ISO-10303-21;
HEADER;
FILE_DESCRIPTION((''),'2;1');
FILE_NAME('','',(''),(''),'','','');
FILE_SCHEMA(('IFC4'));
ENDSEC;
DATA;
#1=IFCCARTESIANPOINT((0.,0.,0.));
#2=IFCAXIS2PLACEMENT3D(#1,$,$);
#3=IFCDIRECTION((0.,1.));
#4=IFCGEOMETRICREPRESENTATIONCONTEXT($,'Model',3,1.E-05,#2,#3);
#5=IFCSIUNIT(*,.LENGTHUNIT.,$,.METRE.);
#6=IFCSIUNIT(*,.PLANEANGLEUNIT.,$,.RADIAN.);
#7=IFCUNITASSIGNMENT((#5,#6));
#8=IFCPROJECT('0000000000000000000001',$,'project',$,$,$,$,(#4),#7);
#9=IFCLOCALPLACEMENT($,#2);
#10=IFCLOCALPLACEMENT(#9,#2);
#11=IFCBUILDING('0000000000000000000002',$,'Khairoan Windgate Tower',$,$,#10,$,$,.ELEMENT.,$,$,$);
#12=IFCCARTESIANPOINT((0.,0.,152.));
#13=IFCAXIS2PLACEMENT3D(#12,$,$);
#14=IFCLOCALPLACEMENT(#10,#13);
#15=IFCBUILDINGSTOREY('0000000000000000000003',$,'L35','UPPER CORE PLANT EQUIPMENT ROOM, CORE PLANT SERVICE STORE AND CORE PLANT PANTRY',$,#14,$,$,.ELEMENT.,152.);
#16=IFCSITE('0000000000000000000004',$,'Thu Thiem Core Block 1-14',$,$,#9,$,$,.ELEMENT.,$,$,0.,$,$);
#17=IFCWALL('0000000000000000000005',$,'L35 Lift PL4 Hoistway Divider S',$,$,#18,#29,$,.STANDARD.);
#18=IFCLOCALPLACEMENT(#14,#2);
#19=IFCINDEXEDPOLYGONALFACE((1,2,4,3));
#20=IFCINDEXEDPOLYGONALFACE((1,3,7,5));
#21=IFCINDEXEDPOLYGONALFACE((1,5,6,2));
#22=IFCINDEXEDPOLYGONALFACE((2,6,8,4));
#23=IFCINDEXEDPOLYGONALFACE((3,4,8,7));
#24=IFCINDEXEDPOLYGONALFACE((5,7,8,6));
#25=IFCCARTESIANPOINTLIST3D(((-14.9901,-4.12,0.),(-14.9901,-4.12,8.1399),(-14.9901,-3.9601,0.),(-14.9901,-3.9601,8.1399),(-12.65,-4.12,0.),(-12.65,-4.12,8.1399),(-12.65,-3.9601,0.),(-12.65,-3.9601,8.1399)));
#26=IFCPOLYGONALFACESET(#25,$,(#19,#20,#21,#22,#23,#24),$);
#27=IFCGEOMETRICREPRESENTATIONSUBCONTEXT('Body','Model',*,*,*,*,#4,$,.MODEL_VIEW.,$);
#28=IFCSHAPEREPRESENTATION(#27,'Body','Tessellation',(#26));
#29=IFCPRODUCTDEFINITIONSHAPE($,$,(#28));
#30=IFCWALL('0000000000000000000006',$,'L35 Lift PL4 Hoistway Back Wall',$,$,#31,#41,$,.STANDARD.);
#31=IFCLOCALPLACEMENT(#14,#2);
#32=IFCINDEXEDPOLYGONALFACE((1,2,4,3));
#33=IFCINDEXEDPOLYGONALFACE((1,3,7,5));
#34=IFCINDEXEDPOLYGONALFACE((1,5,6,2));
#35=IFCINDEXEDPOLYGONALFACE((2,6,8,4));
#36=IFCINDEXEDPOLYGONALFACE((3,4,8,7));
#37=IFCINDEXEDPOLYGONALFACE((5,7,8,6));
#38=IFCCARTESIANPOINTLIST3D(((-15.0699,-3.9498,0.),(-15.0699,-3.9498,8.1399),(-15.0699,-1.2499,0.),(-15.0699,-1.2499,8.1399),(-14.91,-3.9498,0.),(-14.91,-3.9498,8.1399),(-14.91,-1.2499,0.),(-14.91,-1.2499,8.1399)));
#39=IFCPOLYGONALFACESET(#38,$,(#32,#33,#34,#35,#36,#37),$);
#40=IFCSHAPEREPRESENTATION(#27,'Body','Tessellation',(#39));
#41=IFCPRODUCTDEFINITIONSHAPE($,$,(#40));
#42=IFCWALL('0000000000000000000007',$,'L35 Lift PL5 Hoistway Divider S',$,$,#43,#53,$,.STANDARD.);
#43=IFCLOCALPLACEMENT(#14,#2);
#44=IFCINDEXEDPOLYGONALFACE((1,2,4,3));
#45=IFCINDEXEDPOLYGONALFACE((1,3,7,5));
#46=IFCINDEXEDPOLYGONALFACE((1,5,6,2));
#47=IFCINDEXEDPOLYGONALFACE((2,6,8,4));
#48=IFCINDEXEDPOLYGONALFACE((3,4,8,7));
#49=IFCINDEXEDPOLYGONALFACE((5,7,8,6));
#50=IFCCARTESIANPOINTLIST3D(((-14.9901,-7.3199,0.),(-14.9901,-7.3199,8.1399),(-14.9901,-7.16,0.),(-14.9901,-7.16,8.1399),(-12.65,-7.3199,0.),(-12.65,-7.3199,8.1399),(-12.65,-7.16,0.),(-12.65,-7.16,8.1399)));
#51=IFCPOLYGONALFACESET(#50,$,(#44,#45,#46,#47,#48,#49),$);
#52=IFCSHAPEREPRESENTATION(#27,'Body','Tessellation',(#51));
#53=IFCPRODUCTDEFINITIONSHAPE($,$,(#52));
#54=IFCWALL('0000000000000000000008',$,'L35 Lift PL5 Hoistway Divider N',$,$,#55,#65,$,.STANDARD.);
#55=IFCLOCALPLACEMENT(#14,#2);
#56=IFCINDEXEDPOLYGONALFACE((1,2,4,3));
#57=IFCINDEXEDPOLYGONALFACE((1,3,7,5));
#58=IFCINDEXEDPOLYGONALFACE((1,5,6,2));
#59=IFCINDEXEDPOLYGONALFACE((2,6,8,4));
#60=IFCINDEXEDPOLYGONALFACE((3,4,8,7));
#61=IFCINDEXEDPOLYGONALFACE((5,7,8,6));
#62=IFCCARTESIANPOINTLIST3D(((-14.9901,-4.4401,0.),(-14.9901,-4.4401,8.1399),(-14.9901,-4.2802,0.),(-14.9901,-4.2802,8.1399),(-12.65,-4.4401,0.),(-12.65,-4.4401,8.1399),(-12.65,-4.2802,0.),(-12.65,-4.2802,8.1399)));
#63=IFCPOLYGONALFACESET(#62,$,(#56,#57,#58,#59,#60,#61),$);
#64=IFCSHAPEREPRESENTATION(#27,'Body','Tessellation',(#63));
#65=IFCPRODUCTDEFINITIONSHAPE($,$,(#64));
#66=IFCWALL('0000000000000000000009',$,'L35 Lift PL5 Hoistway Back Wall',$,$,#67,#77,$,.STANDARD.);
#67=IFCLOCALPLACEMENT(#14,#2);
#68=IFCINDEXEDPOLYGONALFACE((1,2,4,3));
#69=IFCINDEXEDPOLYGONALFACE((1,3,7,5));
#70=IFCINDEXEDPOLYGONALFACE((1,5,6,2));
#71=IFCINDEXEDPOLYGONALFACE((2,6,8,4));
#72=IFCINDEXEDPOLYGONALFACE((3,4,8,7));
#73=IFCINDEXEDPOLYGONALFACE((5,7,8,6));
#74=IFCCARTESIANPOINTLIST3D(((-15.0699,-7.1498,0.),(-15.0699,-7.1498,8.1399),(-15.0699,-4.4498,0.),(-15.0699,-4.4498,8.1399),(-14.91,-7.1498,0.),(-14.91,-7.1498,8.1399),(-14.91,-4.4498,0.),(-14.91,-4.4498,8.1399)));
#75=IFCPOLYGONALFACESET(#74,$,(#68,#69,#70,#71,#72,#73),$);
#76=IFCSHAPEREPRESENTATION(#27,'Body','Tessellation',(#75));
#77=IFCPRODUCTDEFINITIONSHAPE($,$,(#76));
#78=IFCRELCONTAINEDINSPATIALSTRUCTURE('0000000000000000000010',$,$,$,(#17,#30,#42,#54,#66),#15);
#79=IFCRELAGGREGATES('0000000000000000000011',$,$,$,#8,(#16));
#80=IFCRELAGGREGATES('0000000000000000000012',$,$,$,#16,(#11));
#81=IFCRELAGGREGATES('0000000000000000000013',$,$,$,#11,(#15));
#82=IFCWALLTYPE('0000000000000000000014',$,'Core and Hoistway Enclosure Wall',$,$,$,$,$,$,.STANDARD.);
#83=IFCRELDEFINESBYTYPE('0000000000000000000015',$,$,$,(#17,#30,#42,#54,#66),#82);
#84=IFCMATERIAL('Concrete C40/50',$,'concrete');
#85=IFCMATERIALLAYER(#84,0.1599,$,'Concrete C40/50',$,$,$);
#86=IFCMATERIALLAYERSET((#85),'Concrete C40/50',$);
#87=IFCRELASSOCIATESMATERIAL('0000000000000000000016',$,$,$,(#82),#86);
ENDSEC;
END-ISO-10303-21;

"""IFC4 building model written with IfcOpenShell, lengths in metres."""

from ifc_helpers import new_model, si_unit, direction, frame, frame_2d, origin, place, context, subcontext, project, spatial, rectangle, extrude, material, layer, layer_set, type_object, element, save


model = new_model("IFC4")

# Units and contexts
model_context = context("Model", 3, precision=1e-05, world=origin(), true_north=direction((0.0, 1.0)))
body_context = subcontext(model_context, "Body", "Model", "MODEL_VIEW")
ifc_project = project(units=[si_unit("LENGTHUNIT", "METRE"), si_unit("PLANEANGLEUNIT", "RADIAN")], contexts=[model_context])

# Site, building, storey
site_placement = place(None, origin())
site = spatial("IfcSite", under=ifc_project, at=site_placement, Name="Thu Thiem Core Block 1-14", CompositionType="ELEMENT", RefElevation=0.0)
building_placement = place(site_placement, origin())
building = spatial("IfcBuilding", under=site, at=building_placement, Name="Khairoan Windgate Tower", CompositionType="ELEMENT")
storey_placement = place(building_placement, frame((0.0, 0.0, 152.0)))
storey = spatial("IfcBuildingStorey", under=building, at=storey_placement, Name="L35", Description="UPPER CORE PLANT EQUIPMENT ROOM, CORE PLANT SERVICE STORE AND CORE PLANT PANTRY", CompositionType="ELEMENT", Elevation=152.0)

# Walls
ifc_material_1 = material(Name="Concrete C40/50", Category="concrete")
ifc_layer_1 = layer(ifc_material_1, 0.1599, Name="Concrete C40/50")
ifc_layer_set_1 = layer_set([ifc_layer_1], Name="Concrete C40/50")
wall_type = type_object("IfcWallType", Name="Core and Hoistway Enclosure Wall", PredefinedType="STANDARD", material=ifc_layer_set_1)
wall_1_placement = place(storey_placement, frame((-14.99, -4.04, 0.0), z_axis=(0.0, 0.0, 1.0), x_axis=(1.0, 0.0, 0.0)))
element("IfcWall", 1, at=wall_1_placement, inside=storey, type_object=wall_type, Name="L35 Lift PL4 Hoistway Divider S", PredefinedType="STANDARD", context=body_context, shape_type="SweptSolid", body=[
    extrude(rectangle(XDim=2.3401, YDim=0.1599, at=frame_2d((1.1699, 0.0))), origin(), (0.0, 0.0, 1.0), 8.1399),
])
wall_2_placement = place(storey_placement, frame((-14.99, -3.95, 0.0), z_axis=(0.0, 0.0, 1.0), x_axis=(0.0, 1.0, 0.0)))
element("IfcWall", 2, at=wall_2_placement, inside=storey, type_object=wall_type, Name="L35 Lift PL4 Hoistway Back Wall", PredefinedType="STANDARD", context=body_context, shape_type="SweptSolid", body=[
    extrude(rectangle(XDim=2.7, YDim=0.1599, at=frame_2d((1.3501, 0.0))), origin(), (0.0, 0.0, 1.0), 8.1399),
])
for number, where, z_axis, x_axis, name in (
    (3, (-14.99, -7.24, 0.0), (0.0, 0.0, 1.0), (1.0, 0.0, 0.0), "L35 Lift PL5 Hoistway Divider S"),
    (4, (-14.99, -4.3601, 0.0), (0.0, 0.0, 1.0), (1.0, 0.0, 0.0), "L35 Lift PL5 Hoistway Divider N"),
):
    element("IfcWall", number, at=place(storey_placement, frame(where, z_axis=z_axis, x_axis=x_axis)), inside=storey, type_object=wall_type, Name=name, PredefinedType="STANDARD", context=body_context, shape_type="SweptSolid", body=[
        extrude(rectangle(XDim=2.3401, YDim=0.1599, at=frame_2d((1.1699, 0.0))), origin(), (0.0, 0.0, 1.0), 8.1399),
    ])
wall_3_placement = place(storey_placement, frame((-14.99, -7.1499, 0.0), z_axis=(0.0, 0.0, 1.0), x_axis=(0.0, 1.0, 0.0)))
element("IfcWall", 5, at=wall_3_placement, inside=storey, type_object=wall_type, Name="L35 Lift PL5 Hoistway Back Wall", PredefinedType="STANDARD", context=body_context, shape_type="SweptSolid", body=[
    extrude(rectangle(XDim=2.7, YDim=0.1599, at=frame_2d((1.3501, 0.0))), origin(), (0.0, 0.0, 1.0), 8.1399),
])

save(model, "model.ifc")
